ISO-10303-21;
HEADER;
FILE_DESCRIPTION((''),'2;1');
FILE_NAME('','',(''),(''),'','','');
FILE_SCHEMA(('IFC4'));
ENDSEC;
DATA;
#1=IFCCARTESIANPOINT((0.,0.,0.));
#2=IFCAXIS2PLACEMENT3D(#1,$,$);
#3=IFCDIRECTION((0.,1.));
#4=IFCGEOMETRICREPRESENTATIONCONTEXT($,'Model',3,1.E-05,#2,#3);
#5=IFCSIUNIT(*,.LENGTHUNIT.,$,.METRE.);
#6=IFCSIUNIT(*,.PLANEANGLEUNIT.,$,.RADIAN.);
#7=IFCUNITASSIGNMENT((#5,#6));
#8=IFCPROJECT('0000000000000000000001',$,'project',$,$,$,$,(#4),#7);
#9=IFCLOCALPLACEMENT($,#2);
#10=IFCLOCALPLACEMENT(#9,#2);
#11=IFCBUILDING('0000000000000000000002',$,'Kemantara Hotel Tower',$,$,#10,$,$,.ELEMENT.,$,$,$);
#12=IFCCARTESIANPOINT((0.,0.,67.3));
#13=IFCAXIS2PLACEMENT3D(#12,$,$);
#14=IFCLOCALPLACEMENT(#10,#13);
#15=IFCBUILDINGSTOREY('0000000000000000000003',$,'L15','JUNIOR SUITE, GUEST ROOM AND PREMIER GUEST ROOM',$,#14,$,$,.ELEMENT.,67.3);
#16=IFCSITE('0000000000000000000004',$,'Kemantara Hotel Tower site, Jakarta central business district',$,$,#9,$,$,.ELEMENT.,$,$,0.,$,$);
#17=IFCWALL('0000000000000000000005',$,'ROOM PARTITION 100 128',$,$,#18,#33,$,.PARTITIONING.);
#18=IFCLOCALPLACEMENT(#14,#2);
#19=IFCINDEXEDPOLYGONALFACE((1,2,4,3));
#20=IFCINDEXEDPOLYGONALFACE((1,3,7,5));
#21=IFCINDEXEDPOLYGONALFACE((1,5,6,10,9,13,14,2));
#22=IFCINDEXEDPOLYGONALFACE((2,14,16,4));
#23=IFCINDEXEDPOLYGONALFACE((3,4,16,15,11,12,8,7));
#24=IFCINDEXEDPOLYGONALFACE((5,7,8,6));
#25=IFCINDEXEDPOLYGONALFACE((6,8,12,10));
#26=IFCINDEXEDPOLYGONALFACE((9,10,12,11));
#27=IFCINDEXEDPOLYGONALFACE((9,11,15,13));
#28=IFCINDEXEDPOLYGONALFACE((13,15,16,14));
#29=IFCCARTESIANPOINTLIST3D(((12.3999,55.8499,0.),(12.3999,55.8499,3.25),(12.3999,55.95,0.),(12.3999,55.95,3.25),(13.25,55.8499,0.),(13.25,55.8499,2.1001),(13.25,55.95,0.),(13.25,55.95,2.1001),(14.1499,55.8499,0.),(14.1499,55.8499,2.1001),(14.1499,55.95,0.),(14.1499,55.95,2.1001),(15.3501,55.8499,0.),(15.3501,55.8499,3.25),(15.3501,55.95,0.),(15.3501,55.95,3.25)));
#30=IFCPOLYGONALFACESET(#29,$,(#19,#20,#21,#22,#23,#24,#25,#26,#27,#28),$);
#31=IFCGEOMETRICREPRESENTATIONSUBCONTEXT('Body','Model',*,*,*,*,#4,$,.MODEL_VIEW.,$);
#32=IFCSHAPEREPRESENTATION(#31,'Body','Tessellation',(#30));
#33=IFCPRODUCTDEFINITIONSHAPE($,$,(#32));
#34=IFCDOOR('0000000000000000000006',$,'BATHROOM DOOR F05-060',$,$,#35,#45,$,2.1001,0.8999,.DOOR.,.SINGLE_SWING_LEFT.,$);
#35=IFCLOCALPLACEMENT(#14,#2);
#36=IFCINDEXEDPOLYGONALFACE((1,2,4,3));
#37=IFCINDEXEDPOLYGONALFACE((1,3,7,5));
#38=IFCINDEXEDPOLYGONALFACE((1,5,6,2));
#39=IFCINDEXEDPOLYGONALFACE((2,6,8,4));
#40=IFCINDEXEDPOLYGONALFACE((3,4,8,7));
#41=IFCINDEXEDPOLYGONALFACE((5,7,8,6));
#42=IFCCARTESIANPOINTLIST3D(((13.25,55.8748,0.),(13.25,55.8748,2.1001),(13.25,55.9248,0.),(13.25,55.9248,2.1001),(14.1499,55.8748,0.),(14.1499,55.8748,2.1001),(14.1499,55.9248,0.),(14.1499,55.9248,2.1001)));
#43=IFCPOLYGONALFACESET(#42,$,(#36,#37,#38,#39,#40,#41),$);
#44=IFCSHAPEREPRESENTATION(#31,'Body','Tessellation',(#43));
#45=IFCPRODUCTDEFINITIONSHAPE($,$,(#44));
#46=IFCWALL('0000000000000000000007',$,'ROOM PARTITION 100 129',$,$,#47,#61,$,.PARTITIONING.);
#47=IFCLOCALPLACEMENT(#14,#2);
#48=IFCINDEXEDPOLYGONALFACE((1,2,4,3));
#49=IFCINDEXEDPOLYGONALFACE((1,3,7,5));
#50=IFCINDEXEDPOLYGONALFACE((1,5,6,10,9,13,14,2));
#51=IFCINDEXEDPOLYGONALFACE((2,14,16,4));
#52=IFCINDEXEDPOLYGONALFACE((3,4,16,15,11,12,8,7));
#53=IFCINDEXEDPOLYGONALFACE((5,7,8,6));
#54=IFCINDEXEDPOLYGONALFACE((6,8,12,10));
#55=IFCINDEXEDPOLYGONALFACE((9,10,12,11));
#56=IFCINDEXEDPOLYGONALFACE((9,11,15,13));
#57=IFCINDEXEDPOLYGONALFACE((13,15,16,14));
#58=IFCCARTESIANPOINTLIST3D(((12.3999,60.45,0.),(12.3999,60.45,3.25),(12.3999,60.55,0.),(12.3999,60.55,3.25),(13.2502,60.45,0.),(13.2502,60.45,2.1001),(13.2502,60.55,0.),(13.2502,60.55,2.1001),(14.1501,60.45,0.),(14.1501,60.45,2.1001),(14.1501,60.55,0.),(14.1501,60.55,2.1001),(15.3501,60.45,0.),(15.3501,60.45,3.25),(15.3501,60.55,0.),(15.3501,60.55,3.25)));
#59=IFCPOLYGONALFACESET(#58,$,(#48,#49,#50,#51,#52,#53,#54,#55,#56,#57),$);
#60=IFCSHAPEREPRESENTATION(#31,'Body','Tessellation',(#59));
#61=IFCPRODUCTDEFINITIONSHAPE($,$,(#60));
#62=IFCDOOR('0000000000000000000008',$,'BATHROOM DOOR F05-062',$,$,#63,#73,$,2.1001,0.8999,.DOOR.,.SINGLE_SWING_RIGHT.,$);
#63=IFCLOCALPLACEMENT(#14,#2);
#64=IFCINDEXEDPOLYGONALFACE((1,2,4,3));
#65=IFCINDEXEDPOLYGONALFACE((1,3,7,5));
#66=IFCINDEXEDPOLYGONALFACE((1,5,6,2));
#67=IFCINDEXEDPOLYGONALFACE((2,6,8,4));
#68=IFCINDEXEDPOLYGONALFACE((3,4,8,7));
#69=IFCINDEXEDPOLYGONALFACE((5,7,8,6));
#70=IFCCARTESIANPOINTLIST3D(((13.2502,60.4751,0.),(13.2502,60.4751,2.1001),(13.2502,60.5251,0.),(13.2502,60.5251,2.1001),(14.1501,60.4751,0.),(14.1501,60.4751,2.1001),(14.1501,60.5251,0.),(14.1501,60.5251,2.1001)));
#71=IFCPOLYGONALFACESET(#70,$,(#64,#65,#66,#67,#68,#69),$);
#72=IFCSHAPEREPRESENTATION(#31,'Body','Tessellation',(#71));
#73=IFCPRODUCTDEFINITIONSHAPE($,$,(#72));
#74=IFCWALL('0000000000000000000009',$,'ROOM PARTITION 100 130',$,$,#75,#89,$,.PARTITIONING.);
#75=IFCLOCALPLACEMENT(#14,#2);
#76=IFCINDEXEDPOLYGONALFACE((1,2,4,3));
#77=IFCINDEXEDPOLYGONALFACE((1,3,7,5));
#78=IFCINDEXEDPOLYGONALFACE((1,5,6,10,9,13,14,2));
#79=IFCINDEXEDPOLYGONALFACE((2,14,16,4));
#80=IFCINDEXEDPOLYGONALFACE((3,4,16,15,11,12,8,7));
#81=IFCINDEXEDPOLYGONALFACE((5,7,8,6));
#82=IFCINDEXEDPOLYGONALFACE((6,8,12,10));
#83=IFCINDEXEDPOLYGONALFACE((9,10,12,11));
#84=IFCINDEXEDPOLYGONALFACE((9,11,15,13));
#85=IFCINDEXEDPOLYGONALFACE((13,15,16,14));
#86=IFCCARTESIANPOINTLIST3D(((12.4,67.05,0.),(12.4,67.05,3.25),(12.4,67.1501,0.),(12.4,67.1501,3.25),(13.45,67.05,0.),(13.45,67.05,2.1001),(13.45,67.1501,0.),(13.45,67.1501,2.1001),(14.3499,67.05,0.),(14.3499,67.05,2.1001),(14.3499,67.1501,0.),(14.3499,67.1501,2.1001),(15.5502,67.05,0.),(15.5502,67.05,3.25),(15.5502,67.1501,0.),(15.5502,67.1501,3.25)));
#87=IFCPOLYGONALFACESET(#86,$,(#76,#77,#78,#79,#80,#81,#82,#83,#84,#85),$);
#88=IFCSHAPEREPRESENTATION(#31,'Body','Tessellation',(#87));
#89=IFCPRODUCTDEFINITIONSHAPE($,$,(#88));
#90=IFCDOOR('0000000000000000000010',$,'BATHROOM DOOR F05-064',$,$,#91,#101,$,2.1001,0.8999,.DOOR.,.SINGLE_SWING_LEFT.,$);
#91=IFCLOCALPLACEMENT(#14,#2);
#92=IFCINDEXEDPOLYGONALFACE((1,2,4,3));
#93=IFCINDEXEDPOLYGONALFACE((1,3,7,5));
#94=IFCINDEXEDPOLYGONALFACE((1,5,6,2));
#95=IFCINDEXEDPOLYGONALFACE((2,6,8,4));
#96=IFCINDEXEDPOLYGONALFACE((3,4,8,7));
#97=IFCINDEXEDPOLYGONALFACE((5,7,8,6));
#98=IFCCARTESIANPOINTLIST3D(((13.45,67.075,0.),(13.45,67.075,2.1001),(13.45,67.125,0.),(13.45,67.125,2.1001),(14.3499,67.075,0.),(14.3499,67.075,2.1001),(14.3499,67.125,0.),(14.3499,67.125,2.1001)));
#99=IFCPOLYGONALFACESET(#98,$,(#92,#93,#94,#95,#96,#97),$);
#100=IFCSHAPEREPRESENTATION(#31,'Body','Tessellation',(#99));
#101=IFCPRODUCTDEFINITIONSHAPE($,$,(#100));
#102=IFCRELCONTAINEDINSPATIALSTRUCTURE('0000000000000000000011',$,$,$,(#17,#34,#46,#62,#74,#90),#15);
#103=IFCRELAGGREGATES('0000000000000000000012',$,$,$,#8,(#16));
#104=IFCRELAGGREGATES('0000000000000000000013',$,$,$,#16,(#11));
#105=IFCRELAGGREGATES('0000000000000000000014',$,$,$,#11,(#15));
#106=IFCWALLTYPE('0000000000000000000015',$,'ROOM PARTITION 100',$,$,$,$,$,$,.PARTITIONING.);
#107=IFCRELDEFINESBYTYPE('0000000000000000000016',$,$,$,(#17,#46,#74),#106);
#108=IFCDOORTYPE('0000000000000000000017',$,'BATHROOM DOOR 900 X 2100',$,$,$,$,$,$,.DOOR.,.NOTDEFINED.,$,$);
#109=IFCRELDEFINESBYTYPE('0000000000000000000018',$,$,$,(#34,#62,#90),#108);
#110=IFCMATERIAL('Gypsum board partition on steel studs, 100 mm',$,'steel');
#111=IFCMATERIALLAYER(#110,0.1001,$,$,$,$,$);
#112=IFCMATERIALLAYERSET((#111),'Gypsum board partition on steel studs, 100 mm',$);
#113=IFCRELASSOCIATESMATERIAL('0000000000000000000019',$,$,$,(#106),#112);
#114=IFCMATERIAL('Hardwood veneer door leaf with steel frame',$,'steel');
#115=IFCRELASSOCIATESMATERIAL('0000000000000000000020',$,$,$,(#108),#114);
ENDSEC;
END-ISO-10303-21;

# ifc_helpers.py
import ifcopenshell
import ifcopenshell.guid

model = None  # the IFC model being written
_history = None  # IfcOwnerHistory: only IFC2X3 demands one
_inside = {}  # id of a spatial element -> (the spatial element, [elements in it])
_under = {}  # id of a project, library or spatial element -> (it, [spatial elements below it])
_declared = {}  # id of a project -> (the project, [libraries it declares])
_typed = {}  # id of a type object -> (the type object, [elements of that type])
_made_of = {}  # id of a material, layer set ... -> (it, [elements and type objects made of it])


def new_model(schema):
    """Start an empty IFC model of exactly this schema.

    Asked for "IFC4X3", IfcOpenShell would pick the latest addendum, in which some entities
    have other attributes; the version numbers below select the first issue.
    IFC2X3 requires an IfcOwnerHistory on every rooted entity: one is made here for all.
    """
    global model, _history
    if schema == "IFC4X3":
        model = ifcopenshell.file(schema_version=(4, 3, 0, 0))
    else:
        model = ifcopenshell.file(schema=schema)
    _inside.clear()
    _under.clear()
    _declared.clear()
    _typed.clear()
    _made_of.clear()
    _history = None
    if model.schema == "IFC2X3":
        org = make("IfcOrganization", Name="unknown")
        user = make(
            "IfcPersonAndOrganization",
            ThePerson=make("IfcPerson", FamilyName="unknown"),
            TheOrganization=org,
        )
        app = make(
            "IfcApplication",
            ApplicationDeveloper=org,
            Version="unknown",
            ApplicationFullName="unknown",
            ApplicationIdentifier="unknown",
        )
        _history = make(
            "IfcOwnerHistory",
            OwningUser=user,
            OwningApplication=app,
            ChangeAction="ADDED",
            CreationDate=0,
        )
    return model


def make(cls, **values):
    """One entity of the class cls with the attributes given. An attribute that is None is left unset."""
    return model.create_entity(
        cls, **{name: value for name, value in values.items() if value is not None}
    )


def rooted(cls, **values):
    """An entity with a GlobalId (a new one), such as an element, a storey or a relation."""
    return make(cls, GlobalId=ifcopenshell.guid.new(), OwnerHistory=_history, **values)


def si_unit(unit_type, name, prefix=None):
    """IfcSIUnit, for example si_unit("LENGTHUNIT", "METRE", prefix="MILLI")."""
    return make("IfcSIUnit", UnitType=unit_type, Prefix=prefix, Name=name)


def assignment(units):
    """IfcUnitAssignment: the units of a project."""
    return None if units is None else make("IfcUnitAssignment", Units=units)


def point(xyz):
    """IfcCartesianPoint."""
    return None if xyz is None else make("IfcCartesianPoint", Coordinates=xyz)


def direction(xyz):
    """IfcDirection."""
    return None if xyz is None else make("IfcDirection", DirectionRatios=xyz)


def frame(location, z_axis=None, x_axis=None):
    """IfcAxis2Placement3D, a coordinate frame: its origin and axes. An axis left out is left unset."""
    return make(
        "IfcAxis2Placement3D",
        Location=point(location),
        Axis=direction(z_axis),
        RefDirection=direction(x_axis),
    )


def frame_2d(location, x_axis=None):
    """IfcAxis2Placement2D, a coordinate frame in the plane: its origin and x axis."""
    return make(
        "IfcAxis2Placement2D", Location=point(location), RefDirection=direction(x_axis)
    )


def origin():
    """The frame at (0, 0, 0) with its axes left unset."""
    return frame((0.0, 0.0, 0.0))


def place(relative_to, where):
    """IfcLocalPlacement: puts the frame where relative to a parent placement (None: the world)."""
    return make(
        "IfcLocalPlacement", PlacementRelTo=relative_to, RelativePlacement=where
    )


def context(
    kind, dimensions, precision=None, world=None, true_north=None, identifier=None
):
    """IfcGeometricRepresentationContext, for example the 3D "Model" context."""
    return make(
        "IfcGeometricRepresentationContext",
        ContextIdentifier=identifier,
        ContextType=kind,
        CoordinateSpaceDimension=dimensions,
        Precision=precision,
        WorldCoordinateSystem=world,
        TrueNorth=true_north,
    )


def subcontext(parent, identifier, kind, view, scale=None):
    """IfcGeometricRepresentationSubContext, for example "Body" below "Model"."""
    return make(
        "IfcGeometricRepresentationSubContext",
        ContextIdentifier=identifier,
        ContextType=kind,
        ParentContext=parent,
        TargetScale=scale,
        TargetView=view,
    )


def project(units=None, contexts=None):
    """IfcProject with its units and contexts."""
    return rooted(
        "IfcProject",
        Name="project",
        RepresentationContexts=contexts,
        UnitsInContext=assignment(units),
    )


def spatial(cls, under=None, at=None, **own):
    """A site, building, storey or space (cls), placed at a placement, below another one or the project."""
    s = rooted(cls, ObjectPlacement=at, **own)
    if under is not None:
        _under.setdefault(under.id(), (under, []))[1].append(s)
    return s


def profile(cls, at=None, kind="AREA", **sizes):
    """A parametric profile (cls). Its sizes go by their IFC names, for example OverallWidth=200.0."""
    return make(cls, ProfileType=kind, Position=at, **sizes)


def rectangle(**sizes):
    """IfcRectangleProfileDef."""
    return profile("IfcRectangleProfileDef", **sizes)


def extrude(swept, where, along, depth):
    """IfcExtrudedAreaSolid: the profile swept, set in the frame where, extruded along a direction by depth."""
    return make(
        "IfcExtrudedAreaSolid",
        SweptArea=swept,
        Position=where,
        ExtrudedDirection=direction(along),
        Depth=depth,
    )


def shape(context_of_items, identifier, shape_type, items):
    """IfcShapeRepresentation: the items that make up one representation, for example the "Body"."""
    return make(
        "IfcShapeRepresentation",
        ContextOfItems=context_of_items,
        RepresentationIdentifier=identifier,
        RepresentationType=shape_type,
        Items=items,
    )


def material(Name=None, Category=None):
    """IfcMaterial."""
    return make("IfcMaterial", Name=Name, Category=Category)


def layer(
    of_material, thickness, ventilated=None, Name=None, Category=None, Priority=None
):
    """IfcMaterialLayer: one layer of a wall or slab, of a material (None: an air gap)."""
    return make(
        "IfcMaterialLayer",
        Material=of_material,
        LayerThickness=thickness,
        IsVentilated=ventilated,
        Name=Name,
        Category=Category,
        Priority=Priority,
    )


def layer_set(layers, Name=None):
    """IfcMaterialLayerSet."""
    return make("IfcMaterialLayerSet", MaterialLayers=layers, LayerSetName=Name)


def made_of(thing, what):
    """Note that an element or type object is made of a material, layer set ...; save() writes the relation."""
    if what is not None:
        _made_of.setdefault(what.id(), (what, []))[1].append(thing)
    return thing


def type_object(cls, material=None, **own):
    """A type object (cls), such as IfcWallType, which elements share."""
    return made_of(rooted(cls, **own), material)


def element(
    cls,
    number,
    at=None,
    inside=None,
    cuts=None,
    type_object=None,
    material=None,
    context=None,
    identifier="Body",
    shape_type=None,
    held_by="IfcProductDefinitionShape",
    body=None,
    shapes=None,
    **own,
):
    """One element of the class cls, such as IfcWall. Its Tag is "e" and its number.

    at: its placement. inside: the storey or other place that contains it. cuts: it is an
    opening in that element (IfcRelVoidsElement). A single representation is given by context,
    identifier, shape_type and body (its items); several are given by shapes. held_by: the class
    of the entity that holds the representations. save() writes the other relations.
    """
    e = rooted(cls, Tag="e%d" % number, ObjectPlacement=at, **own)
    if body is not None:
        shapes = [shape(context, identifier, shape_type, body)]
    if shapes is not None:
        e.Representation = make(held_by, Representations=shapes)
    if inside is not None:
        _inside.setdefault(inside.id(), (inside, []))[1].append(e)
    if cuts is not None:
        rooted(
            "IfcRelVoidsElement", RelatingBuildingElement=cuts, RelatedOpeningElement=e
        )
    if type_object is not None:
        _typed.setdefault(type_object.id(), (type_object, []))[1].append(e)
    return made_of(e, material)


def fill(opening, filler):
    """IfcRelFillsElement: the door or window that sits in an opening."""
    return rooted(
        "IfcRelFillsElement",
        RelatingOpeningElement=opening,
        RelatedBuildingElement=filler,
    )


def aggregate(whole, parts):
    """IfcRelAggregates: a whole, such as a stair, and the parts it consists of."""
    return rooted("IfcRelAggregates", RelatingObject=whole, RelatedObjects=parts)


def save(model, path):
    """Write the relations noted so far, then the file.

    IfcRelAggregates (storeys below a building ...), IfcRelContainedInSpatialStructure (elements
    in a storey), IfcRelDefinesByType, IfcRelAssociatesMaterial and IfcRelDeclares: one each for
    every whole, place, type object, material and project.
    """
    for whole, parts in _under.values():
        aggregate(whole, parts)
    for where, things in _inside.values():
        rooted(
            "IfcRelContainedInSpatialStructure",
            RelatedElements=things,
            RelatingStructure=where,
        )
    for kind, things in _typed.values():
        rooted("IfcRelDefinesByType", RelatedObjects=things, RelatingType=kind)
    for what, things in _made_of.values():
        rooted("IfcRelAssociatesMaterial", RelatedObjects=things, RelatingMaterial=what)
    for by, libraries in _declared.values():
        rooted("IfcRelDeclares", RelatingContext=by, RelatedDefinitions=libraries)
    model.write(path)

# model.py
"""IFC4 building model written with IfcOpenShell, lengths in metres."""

from ifc_helpers import new_model, si_unit, direction, frame, frame_2d, origin, place, context, subcontext, project, spatial, rectangle, extrude, material, layer, layer_set, type_object, element, fill, save


model = new_model("IFC4")

# Units and contexts
model_context = context("Model", 3, precision=1e-05, world=origin(), true_north=direction((0.0, 1.0)))
body_context = subcontext(model_context, "Body", "Model", "MODEL_VIEW")
ifc_project = project(units=[si_unit("LENGTHUNIT", "METRE"), si_unit("PLANEANGLEUNIT", "RADIAN")], contexts=[model_context])

# Site, building, storey
site_placement = place(None, origin())
site = spatial("IfcSite", under=ifc_project, at=site_placement, Name="Kemantara Hotel Tower site, Jakarta central business district", CompositionType="ELEMENT", RefElevation=0.0)
building_placement = place(site_placement, origin())
building = spatial("IfcBuilding", under=site, at=building_placement, Name="Kemantara Hotel Tower", CompositionType="ELEMENT")
storey_placement = place(building_placement, frame((0.0, 0.0, 67.3)))
storey = spatial("IfcBuildingStorey", under=building, at=storey_placement, Name="L15", Description="JUNIOR SUITE, GUEST ROOM AND PREMIER GUEST ROOM", CompositionType="ELEMENT", Elevation=67.3)

# Shared definitions
ifc_material_1 = material(Name="Hardwood veneer door leaf with steel frame", Category="steel")

# Shared definitions
ifc_material_2 = material(Name="Gypsum board partition on steel studs, 100 mm", Category="steel")
ifc_layer_1 = layer(ifc_material_2, 0.1001)
ifc_layer_set_1 = layer_set([ifc_layer_1], Name="Gypsum board partition on steel studs, 100 mm")
wall_type_1 = type_object("IfcWallType", Name="ROOM PARTITION 100", PredefinedType="PARTITIONING", material=ifc_layer_set_1)

# Walls, openings, doors
wall_1_placement = place(storey_placement, frame((12.3999, 55.8999, 0.0), z_axis=(0.0, 0.0, 1.0), x_axis=(1.0, 0.0, 0.0)))
wall_1 = element("IfcWall", 1, at=wall_1_placement, inside=storey, type_object=wall_type_1, Name="ROOM PARTITION 100 128", PredefinedType="PARTITIONING", context=body_context, shape_type="SweptSolid", body=[
    extrude(rectangle(XDim=2.9502, YDim=0.1001, at=frame_2d((1.4751, 0.0))), origin(), (0.0, 0.0, 1.0), 3.25),
])
opening_1_placement = place(wall_1_placement, frame((0.8501, 0.0, 0.0)))
opening_1 = element("IfcOpeningElement", 2, at=opening_1_placement, cuts=wall_1, PredefinedType="OPENING", context=body_context, shape_type="SweptSolid", body=[
    extrude(rectangle(XDim=0.8999, YDim=2.1001, at=frame_2d((0.45, 1.05))), frame((0.0, 0.0601, 0.0), z_axis=(0.0, -1.0, 0.0), x_axis=(1.0, 0.0, 0.0)), (0.0, 0.0, 1.0), 0.1201),
])
door_type_1 = type_object("IfcDoorType", Name="BATHROOM DOOR 900 X 2100", OperationType="NOTDEFINED", PredefinedType="DOOR", material=ifc_material_1)
door_1_placement = place(opening_1_placement, origin())
door_1 = element("IfcDoor", 3, at=door_1_placement, inside=storey, type_object=door_type_1, Name="BATHROOM DOOR F05-060", OperationType="SINGLE_SWING_LEFT", OverallHeight=2.1001, OverallWidth=0.8999, PredefinedType="DOOR", context=body_context, shape_type="SweptSolid", body=[
    extrude(rectangle(XDim=0.8999, YDim=2.1001, at=frame_2d((0.45, 1.05))), frame((0.0, 0.0249, 0.0), z_axis=(0.0, -1.0, 0.0), x_axis=(1.0, 0.0, 0.0)), (0.0, 0.0, 1.0), 0.05),
])
fill(opening_1, door_1)
wall_2_placement = place(storey_placement, frame((15.3501, 60.5, 0.0), z_axis=(0.0, 0.0, 1.0), x_axis=(-1.0, 0.0, 0.0)))
wall_2 = element("IfcWall", 4, at=wall_2_placement, inside=storey, type_object=wall_type_1, Name="ROOM PARTITION 100 129", PredefinedType="PARTITIONING", context=body_context, shape_type="SweptSolid", body=[
    extrude(rectangle(XDim=2.9502, YDim=0.1001, at=frame_2d((1.4751, 0.0))), origin(), (0.0, 0.0, 1.0), 3.25),
])
opening_2_placement = place(wall_2_placement, frame((1.2, 0.0, 0.0)))
opening_2 = element("IfcOpeningElement", 5, at=opening_2_placement, cuts=wall_2, PredefinedType="OPENING", context=body_context, shape_type="SweptSolid", body=[
    extrude(rectangle(XDim=0.8999, YDim=2.1001, at=frame_2d((0.45, 1.05))), frame((0.0, 0.0601, 0.0), z_axis=(0.0, -1.0, 0.0), x_axis=(1.0, 0.0, 0.0)), (0.0, 0.0, 1.0), 0.1201),
])
door_2_placement = place(opening_2_placement, origin())
door_2 = element("IfcDoor", 6, at=door_2_placement, inside=storey, type_object=door_type_1, Name="BATHROOM DOOR F05-062", OperationType="SINGLE_SWING_RIGHT", OverallHeight=2.1001, OverallWidth=0.8999, PredefinedType="DOOR", context=body_context, shape_type="SweptSolid", body=[
    extrude(rectangle(XDim=0.8999, YDim=2.1001, at=frame_2d((0.45, 1.05))), frame((0.0, 0.0249, 0.0), z_axis=(0.0, -1.0, 0.0), x_axis=(1.0, 0.0, 0.0)), (0.0, 0.0, 1.0), 0.05),
])
fill(opening_2, door_2)
wall_3_placement = place(storey_placement, frame((12.3999, 67.1001, 0.0), z_axis=(0.0, 0.0, 1.0), x_axis=(1.0, 0.0, 0.0)))
wall_3 = element("IfcWall", 7, at=wall_3_placement, inside=storey, type_object=wall_type_1, Name="ROOM PARTITION 100 130", PredefinedType="PARTITIONING", context=body_context, shape_type="SweptSolid", body=[
    extrude(rectangle(XDim=3.1501, YDim=0.1001, at=frame_2d((1.5752, 0.0))), origin(), (0.0, 0.0, 1.0), 3.25),
])
opening_3_placement = place(wall_3_placement, frame((1.05, 0.0, 0.0)))
opening_3 = element("IfcOpeningElement", 8, at=opening_3_placement, cuts=wall_3, PredefinedType="OPENING", context=body_context, shape_type="SweptSolid", body=[
    extrude(rectangle(XDim=0.8999, YDim=2.1001, at=frame_2d((0.45, 1.05))), frame((0.0, 0.0601, 0.0), z_axis=(0.0, -1.0, 0.0), x_axis=(1.0, 0.0, 0.0)), (0.0, 0.0, 1.0), 0.1201),
])
door_3_placement = place(opening_3_placement, origin())
door_3 = element("IfcDoor", 9, at=door_3_placement, inside=storey, type_object=door_type_1, Name="BATHROOM DOOR F05-064", OperationType="SINGLE_SWING_LEFT", OverallHeight=2.1001, OverallWidth=0.8999, PredefinedType="DOOR", context=body_context, shape_type="SweptSolid", body=[
    extrude(rectangle(XDim=0.8999, YDim=2.1001, at=frame_2d((0.45, 1.05))), frame((0.0, 0.0249, 0.0), z_axis=(0.0, -1.0, 0.0), x_axis=(1.0, 0.0, 0.0)), (0.0, 0.0, 1.0), 0.05),
])
fill(opening_3, door_3)

save(model, "model.ifc")
